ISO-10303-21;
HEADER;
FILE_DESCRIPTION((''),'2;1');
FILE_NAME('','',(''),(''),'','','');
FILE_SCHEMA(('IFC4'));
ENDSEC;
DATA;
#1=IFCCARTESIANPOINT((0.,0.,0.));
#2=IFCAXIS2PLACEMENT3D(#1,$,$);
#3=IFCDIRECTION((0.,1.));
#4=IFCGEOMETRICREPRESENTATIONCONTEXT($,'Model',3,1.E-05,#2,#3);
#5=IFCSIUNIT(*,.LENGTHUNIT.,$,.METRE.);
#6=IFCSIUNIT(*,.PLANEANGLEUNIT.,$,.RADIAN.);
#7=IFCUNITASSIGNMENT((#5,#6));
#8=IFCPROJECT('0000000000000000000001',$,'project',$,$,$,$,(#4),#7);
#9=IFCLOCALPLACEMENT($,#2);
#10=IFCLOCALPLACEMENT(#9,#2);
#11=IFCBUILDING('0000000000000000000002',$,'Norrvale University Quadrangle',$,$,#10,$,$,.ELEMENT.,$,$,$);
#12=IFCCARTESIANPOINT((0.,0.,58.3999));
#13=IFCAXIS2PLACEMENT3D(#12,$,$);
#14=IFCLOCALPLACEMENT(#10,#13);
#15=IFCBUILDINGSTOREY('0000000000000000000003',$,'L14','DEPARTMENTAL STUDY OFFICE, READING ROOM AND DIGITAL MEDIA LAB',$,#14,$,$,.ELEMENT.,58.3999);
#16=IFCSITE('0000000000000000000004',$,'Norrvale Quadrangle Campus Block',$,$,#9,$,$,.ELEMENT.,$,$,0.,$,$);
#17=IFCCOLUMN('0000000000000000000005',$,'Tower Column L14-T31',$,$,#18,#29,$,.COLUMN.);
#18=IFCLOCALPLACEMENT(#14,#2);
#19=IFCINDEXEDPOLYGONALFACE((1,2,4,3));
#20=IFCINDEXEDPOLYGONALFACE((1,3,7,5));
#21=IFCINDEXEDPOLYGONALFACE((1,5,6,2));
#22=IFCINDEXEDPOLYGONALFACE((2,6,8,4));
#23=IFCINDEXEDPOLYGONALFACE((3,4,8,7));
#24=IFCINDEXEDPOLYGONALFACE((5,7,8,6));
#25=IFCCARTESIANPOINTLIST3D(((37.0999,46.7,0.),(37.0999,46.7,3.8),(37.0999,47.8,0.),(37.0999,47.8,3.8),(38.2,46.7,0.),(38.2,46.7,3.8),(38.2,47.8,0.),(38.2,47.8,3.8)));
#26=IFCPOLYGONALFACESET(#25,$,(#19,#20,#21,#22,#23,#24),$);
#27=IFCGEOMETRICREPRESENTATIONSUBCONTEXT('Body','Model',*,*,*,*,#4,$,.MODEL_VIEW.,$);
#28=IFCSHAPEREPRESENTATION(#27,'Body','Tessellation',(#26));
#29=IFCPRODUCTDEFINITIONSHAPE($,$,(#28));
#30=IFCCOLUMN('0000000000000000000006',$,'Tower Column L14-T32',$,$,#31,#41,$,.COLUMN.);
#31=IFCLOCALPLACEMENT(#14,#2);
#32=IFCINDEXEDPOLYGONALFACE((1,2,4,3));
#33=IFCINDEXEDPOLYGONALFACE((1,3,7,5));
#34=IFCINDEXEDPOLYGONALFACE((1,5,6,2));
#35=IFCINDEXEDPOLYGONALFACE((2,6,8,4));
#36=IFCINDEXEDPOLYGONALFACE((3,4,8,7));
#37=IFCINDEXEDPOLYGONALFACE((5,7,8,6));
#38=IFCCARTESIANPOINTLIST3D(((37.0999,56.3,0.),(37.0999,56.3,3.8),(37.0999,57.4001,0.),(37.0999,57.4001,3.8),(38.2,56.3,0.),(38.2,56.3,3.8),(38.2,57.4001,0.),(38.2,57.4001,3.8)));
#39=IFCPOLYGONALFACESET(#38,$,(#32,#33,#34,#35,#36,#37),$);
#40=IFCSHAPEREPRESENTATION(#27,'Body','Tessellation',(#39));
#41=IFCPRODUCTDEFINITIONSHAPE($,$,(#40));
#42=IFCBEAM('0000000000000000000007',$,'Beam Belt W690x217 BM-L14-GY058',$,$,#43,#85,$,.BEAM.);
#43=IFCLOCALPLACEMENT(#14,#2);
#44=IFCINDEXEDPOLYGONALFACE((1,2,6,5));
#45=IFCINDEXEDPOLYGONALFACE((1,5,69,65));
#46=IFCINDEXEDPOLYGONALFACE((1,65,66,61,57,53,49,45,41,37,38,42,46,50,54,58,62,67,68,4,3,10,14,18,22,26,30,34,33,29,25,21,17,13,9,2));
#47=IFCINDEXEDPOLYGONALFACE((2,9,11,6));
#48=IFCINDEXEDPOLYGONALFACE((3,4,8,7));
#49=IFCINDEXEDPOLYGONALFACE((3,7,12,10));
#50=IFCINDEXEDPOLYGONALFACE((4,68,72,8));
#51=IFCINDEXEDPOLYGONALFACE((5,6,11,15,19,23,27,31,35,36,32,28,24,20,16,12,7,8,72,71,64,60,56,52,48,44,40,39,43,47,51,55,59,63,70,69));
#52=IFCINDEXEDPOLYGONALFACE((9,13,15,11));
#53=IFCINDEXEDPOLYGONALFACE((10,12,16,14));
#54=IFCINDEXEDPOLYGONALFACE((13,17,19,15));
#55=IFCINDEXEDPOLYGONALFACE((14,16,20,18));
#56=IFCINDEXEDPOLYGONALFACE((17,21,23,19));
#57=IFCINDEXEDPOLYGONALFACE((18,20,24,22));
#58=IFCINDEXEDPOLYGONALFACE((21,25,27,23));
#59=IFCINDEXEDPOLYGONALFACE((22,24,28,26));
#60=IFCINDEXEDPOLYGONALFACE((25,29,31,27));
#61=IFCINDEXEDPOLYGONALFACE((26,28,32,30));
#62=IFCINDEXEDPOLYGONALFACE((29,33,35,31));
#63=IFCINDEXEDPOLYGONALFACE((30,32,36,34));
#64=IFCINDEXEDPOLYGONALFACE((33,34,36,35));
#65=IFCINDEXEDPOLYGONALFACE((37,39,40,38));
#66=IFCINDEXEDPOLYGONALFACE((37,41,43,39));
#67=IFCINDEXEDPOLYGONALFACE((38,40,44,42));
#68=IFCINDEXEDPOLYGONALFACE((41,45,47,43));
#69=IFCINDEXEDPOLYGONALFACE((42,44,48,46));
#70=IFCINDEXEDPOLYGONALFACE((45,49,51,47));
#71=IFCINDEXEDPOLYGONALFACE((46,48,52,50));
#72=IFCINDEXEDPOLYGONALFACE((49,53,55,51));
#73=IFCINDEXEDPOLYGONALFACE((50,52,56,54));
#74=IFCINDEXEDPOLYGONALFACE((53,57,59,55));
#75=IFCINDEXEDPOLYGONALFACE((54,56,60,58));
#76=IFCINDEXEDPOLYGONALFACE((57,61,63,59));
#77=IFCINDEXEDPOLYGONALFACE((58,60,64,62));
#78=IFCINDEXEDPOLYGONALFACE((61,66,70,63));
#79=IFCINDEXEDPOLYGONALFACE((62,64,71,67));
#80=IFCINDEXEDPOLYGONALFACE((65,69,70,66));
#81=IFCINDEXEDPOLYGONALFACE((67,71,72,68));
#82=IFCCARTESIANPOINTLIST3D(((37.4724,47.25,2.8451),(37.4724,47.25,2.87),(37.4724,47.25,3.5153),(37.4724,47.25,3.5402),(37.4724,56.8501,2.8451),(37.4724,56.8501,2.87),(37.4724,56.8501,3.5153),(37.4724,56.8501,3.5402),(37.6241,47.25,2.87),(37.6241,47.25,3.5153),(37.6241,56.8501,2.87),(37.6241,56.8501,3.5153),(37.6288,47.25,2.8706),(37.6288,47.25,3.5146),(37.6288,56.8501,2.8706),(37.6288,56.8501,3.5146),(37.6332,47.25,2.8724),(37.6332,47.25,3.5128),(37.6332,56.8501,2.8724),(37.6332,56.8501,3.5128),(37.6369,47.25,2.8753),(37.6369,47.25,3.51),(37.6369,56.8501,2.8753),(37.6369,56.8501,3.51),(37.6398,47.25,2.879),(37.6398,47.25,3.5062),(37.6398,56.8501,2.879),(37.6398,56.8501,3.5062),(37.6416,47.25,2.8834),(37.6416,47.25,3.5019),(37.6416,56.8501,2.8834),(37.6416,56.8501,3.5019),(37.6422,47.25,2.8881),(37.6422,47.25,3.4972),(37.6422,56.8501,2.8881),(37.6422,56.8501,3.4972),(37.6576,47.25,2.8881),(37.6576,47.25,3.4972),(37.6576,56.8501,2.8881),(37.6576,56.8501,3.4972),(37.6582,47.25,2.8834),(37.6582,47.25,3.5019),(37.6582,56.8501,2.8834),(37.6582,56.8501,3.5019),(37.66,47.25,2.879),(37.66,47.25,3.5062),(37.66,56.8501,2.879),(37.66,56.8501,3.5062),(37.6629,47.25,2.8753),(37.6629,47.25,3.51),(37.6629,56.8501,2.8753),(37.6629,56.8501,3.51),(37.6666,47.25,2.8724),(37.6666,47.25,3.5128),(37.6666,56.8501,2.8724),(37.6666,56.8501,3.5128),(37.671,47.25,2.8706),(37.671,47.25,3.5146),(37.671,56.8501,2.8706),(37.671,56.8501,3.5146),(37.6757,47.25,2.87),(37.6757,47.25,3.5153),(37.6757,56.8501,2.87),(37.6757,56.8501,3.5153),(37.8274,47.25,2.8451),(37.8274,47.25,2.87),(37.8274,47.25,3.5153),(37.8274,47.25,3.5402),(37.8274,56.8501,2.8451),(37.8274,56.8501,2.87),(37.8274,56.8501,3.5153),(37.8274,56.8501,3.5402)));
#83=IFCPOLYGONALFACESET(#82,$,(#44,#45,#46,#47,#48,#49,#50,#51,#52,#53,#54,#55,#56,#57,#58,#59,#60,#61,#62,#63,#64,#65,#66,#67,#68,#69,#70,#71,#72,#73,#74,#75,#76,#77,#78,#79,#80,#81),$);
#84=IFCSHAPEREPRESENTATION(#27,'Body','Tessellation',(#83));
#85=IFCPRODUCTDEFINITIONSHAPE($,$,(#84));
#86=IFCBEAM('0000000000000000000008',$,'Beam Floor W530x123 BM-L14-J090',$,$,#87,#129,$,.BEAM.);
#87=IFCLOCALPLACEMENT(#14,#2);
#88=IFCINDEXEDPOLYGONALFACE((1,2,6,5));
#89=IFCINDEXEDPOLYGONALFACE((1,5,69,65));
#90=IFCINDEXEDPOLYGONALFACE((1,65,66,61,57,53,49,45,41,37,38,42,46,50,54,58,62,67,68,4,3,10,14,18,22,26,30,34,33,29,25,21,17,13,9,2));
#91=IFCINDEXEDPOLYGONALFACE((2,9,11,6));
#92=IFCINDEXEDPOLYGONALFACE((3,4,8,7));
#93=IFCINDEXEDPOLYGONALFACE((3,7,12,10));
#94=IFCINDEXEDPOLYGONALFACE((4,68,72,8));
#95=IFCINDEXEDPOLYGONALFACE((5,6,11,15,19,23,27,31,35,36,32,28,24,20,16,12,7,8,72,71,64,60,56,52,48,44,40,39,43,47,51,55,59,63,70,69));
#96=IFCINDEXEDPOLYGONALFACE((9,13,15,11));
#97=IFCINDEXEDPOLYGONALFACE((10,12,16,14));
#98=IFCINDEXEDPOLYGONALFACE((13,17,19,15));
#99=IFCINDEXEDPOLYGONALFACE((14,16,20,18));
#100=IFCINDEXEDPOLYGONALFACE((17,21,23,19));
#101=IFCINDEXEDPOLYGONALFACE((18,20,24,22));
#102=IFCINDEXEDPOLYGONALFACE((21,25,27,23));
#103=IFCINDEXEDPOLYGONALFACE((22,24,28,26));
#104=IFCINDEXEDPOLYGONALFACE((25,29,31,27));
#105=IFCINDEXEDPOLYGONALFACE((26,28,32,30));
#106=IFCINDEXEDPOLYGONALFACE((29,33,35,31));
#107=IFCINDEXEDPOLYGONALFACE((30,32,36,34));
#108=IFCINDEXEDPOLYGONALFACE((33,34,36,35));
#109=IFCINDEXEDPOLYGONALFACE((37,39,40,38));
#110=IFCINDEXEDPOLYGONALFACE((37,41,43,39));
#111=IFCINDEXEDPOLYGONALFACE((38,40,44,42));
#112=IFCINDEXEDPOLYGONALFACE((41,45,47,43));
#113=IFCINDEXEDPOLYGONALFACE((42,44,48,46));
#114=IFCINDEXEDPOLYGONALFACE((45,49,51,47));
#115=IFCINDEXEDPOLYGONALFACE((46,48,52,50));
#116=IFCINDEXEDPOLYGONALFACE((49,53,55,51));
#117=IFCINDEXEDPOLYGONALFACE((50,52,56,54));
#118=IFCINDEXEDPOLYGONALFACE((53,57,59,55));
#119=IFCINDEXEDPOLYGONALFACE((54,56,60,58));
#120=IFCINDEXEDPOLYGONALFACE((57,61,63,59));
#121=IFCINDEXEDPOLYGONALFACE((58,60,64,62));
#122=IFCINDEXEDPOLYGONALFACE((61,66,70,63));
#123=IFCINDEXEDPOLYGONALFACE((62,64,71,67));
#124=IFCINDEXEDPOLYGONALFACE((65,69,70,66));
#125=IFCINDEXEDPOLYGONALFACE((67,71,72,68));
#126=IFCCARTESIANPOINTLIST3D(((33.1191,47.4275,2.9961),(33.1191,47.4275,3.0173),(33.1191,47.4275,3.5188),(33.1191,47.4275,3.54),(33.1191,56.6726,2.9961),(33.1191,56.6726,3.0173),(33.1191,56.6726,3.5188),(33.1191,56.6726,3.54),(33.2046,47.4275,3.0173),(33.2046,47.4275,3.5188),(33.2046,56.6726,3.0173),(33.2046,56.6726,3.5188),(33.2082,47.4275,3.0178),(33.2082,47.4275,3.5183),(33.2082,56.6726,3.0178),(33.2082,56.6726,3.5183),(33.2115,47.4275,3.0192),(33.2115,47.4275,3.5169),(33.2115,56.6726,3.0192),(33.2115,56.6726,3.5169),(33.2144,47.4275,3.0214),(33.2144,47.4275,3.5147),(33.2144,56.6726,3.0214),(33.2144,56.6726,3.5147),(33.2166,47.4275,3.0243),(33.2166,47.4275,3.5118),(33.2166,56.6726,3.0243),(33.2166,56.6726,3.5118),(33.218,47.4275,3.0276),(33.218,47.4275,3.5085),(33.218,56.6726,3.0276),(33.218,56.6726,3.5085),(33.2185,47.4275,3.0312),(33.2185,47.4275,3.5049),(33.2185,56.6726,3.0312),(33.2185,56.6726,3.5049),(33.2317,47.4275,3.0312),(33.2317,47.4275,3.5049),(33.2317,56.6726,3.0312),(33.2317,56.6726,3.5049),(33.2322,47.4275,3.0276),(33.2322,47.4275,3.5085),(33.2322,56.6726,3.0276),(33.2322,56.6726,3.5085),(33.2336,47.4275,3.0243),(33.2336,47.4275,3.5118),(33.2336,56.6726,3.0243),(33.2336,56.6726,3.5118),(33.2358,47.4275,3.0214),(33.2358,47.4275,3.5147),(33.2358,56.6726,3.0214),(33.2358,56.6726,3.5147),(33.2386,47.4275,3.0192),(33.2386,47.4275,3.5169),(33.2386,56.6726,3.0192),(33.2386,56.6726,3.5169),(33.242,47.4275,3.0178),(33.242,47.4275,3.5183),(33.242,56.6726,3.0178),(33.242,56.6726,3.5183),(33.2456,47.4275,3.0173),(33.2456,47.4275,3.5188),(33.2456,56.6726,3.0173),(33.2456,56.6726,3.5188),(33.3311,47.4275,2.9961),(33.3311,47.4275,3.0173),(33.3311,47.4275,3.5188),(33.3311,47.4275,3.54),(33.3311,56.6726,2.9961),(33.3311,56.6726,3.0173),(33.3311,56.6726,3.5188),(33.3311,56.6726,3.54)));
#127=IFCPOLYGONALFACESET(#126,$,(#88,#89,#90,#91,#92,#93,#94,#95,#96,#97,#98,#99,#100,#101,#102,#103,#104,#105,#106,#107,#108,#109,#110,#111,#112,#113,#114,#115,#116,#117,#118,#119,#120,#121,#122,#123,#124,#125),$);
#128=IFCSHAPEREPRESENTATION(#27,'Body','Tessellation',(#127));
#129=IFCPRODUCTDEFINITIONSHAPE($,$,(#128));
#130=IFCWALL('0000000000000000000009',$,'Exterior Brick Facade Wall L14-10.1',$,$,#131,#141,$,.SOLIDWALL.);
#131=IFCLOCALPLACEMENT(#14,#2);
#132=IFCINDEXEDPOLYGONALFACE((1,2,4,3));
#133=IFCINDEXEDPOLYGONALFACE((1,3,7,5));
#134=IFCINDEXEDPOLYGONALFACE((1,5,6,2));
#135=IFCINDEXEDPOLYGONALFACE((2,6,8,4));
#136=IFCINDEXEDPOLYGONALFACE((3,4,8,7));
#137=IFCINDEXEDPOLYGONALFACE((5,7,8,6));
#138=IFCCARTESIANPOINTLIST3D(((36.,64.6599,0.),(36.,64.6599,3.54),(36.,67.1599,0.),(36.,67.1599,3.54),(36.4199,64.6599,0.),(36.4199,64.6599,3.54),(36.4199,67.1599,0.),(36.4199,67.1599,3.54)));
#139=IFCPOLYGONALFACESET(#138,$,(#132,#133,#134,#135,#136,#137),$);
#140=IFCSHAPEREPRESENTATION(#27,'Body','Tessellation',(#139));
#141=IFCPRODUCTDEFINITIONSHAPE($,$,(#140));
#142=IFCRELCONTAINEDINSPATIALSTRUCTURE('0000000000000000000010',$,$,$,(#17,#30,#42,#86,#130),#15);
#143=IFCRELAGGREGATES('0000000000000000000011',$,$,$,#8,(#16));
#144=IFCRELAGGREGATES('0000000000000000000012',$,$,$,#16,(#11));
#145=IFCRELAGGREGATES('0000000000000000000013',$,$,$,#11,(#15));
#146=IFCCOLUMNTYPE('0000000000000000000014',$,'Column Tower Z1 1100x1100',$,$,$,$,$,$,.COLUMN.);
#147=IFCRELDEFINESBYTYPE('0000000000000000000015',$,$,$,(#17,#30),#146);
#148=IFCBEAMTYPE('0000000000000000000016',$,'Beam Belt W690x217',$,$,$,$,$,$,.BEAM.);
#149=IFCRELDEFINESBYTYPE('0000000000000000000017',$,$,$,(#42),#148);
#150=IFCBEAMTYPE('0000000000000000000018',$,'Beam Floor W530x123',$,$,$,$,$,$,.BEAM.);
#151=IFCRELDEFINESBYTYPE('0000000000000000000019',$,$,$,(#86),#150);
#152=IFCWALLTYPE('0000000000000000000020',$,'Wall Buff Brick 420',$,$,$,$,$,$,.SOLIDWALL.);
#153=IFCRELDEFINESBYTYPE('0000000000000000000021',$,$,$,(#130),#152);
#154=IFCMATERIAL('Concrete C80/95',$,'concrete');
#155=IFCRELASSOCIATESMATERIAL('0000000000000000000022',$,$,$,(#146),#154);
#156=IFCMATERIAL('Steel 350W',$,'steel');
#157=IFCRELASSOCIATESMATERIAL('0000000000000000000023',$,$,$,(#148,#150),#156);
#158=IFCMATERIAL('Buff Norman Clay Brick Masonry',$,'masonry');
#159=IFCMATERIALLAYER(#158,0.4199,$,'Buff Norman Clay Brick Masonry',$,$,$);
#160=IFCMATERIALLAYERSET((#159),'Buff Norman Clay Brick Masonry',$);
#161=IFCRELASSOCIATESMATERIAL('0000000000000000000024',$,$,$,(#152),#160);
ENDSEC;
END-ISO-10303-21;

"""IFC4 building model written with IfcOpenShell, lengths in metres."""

from ifc_helpers import new_model, si_unit, direction, frame, frame_2d, origin, origin_2d, place, context, subcontext, project, spatial, rectangle, i_section, extrude, material, layer, layer_set, material_profile, profile_set, type_object, element, save


model = new_model("IFC4")

# Units and contexts
model_context = context("Model", 3, precision=1e-05, world=origin(), true_north=direction((0.0, 1.0)))
body_context = subcontext(model_context, "Body", "Model", "MODEL_VIEW")
ifc_project = project(units=[si_unit("LENGTHUNIT", "METRE"), si_unit("PLANEANGLEUNIT", "RADIAN")], contexts=[model_context])

# Site, building, storey
site_placement = place(None, origin())
site = spatial("IfcSite", under=ifc_project, at=site_placement, Name="Norrvale Quadrangle Campus Block", CompositionType="ELEMENT", RefElevation=0.0)
building_placement = place(site_placement, origin())
building = spatial("IfcBuilding", under=site, at=building_placement, Name="Norrvale University Quadrangle", CompositionType="ELEMENT")
storey_placement = place(building_placement, frame((0.0, 0.0, 58.3999)))
storey = spatial("IfcBuildingStorey", under=building, at=storey_placement, Name="L14", Description="DEPARTMENTAL STUDY OFFICE, READING ROOM AND DIGITAL MEDIA LAB", CompositionType="ELEMENT", Elevation=58.3999)

# Columns
ifc_material_1 = material(Name="Concrete C80/95", Category="concrete")
ifc_material_profile_1 = material_profile(ifc_material_1, rectangle(XDim=1.1001, YDim=1.1001, at=origin_2d()), Name="Concrete C80/95")
ifc_profile_set_1 = profile_set([ifc_material_profile_1], Name="Concrete C80/95")
column_type = type_object("IfcColumnType", Name="Column Tower Z1 1100x1100", PredefinedType="COLUMN", material=ifc_profile_set_1)
for number, where, z_axis, x_axis, name in (
    (1, (37.6499, 47.25, 0.0), (0.0, 0.0, 1.0), (1.0, 0.0, 0.0), "Tower Column L14-T31"),
    (2, (37.6499, 56.8501, 0.0), (0.0, 0.0, 1.0), (1.0, 0.0, 0.0), "Tower Column L14-T32"),
):
    element("IfcColumn", number, at=place(storey_placement, frame(where, z_axis=z_axis, x_axis=x_axis)), inside=storey, type_object=column_type, Name=name, PredefinedType="COLUMN", context=body_context, shape_type="SweptSolid", body=[
        extrude(rectangle(XDim=1.1001, YDim=1.1001, at=origin_2d()), origin(), (0.0, 0.0, 1.0), 3.8),
    ])

# Beams
ifc_material_2 = material(Name="Steel 350W", Category="steel")
ifc_material_profile_2 = material_profile(ifc_material_2, i_section(OverallWidth=0.355, OverallDepth=0.6951, WebThickness=0.0154, FlangeThickness=0.0249, FilletRadius=0.0181, at=origin_2d()), Name="Steel 350W")
ifc_profile_set_2 = profile_set([ifc_material_profile_2], Name="Steel 350W")
beam_type_1 = type_object("IfcBeamType", Name="Beam Belt W690x217", PredefinedType="BEAM", material=ifc_profile_set_2)
beam_1_placement = place(storey_placement, frame((37.6499, 47.25, 3.1926), z_axis=(0.0, 1.0, 0.0), x_axis=(-1.0, 0.0, 0.0)))
element("IfcBeam", 3, at=beam_1_placement, inside=storey, type_object=beam_type_1, Name="Beam Belt W690x217 BM-L14-GY058", PredefinedType="BEAM", context=body_context, shape_type="SweptSolid", body=[
    extrude(i_section(OverallWidth=0.355, OverallDepth=0.6951, WebThickness=0.0154, FlangeThickness=0.0249, FilletRadius=0.0181, at=origin_2d()), origin(), (0.0, 0.0, 1.0), 9.6001),
])
ifc_material_profile_3 = material_profile(ifc_material_2, i_section(OverallWidth=0.2119, OverallDepth=0.5439, WebThickness=0.0132, FlangeThickness=0.0212, FilletRadius=0.0139, at=origin_2d()), Name="Steel 350W")
ifc_profile_set_3 = profile_set([ifc_material_profile_3], Name="Steel 350W")
beam_type_2 = type_object("IfcBeamType", Name="Beam Floor W530x123", PredefinedType="BEAM", material=ifc_profile_set_3)
beam_2_placement = place(storey_placement, frame((33.2251, 47.4275, 3.2681), z_axis=(0.0, 1.0, 0.0), x_axis=(-1.0, 0.0, 0.0)))
element("IfcBeam", 4, at=beam_2_placement, inside=storey, type_object=beam_type_2, Name="Beam Floor W530x123 BM-L14-J090", PredefinedType="BEAM", context=body_context, shape_type="SweptSolid", body=[
    extrude(i_section(OverallWidth=0.2119, OverallDepth=0.5439, WebThickness=0.0132, FlangeThickness=0.0212, FilletRadius=0.0139, at=origin_2d()), origin(), (0.0, 0.0, 1.0), 9.2451),
])

# Wall
ifc_material_3 = material(Name="Buff Norman Clay Brick Masonry", Category="masonry")
ifc_layer = layer(ifc_material_3, 0.4199, Name="Buff Norman Clay Brick Masonry")
ifc_layer_set = layer_set([ifc_layer], Name="Buff Norman Clay Brick Masonry")
wall_type = type_object("IfcWallType", Name="Wall Buff Brick 420", PredefinedType="SOLIDWALL", material=ifc_layer_set)
wall_1_placement = place(storey_placement, frame((36.21, 64.6599, 0.0), z_axis=(0.0, 0.0, 1.0), x_axis=(0.0, 1.0, 0.0)))
element("IfcWall", 5, at=wall_1_placement, inside=storey, type_object=wall_type, Name="Exterior Brick Facade Wall L14-10.1", PredefinedType="SOLIDWALL", context=body_context, shape_type="SweptSolid", body=[
    extrude(rectangle(XDim=2.5, YDim=0.4199, at=frame_2d((1.25, 0.0))), origin(), (0.0, 0.0, 1.0), 3.54),
])

save(model, "model.ifc")
